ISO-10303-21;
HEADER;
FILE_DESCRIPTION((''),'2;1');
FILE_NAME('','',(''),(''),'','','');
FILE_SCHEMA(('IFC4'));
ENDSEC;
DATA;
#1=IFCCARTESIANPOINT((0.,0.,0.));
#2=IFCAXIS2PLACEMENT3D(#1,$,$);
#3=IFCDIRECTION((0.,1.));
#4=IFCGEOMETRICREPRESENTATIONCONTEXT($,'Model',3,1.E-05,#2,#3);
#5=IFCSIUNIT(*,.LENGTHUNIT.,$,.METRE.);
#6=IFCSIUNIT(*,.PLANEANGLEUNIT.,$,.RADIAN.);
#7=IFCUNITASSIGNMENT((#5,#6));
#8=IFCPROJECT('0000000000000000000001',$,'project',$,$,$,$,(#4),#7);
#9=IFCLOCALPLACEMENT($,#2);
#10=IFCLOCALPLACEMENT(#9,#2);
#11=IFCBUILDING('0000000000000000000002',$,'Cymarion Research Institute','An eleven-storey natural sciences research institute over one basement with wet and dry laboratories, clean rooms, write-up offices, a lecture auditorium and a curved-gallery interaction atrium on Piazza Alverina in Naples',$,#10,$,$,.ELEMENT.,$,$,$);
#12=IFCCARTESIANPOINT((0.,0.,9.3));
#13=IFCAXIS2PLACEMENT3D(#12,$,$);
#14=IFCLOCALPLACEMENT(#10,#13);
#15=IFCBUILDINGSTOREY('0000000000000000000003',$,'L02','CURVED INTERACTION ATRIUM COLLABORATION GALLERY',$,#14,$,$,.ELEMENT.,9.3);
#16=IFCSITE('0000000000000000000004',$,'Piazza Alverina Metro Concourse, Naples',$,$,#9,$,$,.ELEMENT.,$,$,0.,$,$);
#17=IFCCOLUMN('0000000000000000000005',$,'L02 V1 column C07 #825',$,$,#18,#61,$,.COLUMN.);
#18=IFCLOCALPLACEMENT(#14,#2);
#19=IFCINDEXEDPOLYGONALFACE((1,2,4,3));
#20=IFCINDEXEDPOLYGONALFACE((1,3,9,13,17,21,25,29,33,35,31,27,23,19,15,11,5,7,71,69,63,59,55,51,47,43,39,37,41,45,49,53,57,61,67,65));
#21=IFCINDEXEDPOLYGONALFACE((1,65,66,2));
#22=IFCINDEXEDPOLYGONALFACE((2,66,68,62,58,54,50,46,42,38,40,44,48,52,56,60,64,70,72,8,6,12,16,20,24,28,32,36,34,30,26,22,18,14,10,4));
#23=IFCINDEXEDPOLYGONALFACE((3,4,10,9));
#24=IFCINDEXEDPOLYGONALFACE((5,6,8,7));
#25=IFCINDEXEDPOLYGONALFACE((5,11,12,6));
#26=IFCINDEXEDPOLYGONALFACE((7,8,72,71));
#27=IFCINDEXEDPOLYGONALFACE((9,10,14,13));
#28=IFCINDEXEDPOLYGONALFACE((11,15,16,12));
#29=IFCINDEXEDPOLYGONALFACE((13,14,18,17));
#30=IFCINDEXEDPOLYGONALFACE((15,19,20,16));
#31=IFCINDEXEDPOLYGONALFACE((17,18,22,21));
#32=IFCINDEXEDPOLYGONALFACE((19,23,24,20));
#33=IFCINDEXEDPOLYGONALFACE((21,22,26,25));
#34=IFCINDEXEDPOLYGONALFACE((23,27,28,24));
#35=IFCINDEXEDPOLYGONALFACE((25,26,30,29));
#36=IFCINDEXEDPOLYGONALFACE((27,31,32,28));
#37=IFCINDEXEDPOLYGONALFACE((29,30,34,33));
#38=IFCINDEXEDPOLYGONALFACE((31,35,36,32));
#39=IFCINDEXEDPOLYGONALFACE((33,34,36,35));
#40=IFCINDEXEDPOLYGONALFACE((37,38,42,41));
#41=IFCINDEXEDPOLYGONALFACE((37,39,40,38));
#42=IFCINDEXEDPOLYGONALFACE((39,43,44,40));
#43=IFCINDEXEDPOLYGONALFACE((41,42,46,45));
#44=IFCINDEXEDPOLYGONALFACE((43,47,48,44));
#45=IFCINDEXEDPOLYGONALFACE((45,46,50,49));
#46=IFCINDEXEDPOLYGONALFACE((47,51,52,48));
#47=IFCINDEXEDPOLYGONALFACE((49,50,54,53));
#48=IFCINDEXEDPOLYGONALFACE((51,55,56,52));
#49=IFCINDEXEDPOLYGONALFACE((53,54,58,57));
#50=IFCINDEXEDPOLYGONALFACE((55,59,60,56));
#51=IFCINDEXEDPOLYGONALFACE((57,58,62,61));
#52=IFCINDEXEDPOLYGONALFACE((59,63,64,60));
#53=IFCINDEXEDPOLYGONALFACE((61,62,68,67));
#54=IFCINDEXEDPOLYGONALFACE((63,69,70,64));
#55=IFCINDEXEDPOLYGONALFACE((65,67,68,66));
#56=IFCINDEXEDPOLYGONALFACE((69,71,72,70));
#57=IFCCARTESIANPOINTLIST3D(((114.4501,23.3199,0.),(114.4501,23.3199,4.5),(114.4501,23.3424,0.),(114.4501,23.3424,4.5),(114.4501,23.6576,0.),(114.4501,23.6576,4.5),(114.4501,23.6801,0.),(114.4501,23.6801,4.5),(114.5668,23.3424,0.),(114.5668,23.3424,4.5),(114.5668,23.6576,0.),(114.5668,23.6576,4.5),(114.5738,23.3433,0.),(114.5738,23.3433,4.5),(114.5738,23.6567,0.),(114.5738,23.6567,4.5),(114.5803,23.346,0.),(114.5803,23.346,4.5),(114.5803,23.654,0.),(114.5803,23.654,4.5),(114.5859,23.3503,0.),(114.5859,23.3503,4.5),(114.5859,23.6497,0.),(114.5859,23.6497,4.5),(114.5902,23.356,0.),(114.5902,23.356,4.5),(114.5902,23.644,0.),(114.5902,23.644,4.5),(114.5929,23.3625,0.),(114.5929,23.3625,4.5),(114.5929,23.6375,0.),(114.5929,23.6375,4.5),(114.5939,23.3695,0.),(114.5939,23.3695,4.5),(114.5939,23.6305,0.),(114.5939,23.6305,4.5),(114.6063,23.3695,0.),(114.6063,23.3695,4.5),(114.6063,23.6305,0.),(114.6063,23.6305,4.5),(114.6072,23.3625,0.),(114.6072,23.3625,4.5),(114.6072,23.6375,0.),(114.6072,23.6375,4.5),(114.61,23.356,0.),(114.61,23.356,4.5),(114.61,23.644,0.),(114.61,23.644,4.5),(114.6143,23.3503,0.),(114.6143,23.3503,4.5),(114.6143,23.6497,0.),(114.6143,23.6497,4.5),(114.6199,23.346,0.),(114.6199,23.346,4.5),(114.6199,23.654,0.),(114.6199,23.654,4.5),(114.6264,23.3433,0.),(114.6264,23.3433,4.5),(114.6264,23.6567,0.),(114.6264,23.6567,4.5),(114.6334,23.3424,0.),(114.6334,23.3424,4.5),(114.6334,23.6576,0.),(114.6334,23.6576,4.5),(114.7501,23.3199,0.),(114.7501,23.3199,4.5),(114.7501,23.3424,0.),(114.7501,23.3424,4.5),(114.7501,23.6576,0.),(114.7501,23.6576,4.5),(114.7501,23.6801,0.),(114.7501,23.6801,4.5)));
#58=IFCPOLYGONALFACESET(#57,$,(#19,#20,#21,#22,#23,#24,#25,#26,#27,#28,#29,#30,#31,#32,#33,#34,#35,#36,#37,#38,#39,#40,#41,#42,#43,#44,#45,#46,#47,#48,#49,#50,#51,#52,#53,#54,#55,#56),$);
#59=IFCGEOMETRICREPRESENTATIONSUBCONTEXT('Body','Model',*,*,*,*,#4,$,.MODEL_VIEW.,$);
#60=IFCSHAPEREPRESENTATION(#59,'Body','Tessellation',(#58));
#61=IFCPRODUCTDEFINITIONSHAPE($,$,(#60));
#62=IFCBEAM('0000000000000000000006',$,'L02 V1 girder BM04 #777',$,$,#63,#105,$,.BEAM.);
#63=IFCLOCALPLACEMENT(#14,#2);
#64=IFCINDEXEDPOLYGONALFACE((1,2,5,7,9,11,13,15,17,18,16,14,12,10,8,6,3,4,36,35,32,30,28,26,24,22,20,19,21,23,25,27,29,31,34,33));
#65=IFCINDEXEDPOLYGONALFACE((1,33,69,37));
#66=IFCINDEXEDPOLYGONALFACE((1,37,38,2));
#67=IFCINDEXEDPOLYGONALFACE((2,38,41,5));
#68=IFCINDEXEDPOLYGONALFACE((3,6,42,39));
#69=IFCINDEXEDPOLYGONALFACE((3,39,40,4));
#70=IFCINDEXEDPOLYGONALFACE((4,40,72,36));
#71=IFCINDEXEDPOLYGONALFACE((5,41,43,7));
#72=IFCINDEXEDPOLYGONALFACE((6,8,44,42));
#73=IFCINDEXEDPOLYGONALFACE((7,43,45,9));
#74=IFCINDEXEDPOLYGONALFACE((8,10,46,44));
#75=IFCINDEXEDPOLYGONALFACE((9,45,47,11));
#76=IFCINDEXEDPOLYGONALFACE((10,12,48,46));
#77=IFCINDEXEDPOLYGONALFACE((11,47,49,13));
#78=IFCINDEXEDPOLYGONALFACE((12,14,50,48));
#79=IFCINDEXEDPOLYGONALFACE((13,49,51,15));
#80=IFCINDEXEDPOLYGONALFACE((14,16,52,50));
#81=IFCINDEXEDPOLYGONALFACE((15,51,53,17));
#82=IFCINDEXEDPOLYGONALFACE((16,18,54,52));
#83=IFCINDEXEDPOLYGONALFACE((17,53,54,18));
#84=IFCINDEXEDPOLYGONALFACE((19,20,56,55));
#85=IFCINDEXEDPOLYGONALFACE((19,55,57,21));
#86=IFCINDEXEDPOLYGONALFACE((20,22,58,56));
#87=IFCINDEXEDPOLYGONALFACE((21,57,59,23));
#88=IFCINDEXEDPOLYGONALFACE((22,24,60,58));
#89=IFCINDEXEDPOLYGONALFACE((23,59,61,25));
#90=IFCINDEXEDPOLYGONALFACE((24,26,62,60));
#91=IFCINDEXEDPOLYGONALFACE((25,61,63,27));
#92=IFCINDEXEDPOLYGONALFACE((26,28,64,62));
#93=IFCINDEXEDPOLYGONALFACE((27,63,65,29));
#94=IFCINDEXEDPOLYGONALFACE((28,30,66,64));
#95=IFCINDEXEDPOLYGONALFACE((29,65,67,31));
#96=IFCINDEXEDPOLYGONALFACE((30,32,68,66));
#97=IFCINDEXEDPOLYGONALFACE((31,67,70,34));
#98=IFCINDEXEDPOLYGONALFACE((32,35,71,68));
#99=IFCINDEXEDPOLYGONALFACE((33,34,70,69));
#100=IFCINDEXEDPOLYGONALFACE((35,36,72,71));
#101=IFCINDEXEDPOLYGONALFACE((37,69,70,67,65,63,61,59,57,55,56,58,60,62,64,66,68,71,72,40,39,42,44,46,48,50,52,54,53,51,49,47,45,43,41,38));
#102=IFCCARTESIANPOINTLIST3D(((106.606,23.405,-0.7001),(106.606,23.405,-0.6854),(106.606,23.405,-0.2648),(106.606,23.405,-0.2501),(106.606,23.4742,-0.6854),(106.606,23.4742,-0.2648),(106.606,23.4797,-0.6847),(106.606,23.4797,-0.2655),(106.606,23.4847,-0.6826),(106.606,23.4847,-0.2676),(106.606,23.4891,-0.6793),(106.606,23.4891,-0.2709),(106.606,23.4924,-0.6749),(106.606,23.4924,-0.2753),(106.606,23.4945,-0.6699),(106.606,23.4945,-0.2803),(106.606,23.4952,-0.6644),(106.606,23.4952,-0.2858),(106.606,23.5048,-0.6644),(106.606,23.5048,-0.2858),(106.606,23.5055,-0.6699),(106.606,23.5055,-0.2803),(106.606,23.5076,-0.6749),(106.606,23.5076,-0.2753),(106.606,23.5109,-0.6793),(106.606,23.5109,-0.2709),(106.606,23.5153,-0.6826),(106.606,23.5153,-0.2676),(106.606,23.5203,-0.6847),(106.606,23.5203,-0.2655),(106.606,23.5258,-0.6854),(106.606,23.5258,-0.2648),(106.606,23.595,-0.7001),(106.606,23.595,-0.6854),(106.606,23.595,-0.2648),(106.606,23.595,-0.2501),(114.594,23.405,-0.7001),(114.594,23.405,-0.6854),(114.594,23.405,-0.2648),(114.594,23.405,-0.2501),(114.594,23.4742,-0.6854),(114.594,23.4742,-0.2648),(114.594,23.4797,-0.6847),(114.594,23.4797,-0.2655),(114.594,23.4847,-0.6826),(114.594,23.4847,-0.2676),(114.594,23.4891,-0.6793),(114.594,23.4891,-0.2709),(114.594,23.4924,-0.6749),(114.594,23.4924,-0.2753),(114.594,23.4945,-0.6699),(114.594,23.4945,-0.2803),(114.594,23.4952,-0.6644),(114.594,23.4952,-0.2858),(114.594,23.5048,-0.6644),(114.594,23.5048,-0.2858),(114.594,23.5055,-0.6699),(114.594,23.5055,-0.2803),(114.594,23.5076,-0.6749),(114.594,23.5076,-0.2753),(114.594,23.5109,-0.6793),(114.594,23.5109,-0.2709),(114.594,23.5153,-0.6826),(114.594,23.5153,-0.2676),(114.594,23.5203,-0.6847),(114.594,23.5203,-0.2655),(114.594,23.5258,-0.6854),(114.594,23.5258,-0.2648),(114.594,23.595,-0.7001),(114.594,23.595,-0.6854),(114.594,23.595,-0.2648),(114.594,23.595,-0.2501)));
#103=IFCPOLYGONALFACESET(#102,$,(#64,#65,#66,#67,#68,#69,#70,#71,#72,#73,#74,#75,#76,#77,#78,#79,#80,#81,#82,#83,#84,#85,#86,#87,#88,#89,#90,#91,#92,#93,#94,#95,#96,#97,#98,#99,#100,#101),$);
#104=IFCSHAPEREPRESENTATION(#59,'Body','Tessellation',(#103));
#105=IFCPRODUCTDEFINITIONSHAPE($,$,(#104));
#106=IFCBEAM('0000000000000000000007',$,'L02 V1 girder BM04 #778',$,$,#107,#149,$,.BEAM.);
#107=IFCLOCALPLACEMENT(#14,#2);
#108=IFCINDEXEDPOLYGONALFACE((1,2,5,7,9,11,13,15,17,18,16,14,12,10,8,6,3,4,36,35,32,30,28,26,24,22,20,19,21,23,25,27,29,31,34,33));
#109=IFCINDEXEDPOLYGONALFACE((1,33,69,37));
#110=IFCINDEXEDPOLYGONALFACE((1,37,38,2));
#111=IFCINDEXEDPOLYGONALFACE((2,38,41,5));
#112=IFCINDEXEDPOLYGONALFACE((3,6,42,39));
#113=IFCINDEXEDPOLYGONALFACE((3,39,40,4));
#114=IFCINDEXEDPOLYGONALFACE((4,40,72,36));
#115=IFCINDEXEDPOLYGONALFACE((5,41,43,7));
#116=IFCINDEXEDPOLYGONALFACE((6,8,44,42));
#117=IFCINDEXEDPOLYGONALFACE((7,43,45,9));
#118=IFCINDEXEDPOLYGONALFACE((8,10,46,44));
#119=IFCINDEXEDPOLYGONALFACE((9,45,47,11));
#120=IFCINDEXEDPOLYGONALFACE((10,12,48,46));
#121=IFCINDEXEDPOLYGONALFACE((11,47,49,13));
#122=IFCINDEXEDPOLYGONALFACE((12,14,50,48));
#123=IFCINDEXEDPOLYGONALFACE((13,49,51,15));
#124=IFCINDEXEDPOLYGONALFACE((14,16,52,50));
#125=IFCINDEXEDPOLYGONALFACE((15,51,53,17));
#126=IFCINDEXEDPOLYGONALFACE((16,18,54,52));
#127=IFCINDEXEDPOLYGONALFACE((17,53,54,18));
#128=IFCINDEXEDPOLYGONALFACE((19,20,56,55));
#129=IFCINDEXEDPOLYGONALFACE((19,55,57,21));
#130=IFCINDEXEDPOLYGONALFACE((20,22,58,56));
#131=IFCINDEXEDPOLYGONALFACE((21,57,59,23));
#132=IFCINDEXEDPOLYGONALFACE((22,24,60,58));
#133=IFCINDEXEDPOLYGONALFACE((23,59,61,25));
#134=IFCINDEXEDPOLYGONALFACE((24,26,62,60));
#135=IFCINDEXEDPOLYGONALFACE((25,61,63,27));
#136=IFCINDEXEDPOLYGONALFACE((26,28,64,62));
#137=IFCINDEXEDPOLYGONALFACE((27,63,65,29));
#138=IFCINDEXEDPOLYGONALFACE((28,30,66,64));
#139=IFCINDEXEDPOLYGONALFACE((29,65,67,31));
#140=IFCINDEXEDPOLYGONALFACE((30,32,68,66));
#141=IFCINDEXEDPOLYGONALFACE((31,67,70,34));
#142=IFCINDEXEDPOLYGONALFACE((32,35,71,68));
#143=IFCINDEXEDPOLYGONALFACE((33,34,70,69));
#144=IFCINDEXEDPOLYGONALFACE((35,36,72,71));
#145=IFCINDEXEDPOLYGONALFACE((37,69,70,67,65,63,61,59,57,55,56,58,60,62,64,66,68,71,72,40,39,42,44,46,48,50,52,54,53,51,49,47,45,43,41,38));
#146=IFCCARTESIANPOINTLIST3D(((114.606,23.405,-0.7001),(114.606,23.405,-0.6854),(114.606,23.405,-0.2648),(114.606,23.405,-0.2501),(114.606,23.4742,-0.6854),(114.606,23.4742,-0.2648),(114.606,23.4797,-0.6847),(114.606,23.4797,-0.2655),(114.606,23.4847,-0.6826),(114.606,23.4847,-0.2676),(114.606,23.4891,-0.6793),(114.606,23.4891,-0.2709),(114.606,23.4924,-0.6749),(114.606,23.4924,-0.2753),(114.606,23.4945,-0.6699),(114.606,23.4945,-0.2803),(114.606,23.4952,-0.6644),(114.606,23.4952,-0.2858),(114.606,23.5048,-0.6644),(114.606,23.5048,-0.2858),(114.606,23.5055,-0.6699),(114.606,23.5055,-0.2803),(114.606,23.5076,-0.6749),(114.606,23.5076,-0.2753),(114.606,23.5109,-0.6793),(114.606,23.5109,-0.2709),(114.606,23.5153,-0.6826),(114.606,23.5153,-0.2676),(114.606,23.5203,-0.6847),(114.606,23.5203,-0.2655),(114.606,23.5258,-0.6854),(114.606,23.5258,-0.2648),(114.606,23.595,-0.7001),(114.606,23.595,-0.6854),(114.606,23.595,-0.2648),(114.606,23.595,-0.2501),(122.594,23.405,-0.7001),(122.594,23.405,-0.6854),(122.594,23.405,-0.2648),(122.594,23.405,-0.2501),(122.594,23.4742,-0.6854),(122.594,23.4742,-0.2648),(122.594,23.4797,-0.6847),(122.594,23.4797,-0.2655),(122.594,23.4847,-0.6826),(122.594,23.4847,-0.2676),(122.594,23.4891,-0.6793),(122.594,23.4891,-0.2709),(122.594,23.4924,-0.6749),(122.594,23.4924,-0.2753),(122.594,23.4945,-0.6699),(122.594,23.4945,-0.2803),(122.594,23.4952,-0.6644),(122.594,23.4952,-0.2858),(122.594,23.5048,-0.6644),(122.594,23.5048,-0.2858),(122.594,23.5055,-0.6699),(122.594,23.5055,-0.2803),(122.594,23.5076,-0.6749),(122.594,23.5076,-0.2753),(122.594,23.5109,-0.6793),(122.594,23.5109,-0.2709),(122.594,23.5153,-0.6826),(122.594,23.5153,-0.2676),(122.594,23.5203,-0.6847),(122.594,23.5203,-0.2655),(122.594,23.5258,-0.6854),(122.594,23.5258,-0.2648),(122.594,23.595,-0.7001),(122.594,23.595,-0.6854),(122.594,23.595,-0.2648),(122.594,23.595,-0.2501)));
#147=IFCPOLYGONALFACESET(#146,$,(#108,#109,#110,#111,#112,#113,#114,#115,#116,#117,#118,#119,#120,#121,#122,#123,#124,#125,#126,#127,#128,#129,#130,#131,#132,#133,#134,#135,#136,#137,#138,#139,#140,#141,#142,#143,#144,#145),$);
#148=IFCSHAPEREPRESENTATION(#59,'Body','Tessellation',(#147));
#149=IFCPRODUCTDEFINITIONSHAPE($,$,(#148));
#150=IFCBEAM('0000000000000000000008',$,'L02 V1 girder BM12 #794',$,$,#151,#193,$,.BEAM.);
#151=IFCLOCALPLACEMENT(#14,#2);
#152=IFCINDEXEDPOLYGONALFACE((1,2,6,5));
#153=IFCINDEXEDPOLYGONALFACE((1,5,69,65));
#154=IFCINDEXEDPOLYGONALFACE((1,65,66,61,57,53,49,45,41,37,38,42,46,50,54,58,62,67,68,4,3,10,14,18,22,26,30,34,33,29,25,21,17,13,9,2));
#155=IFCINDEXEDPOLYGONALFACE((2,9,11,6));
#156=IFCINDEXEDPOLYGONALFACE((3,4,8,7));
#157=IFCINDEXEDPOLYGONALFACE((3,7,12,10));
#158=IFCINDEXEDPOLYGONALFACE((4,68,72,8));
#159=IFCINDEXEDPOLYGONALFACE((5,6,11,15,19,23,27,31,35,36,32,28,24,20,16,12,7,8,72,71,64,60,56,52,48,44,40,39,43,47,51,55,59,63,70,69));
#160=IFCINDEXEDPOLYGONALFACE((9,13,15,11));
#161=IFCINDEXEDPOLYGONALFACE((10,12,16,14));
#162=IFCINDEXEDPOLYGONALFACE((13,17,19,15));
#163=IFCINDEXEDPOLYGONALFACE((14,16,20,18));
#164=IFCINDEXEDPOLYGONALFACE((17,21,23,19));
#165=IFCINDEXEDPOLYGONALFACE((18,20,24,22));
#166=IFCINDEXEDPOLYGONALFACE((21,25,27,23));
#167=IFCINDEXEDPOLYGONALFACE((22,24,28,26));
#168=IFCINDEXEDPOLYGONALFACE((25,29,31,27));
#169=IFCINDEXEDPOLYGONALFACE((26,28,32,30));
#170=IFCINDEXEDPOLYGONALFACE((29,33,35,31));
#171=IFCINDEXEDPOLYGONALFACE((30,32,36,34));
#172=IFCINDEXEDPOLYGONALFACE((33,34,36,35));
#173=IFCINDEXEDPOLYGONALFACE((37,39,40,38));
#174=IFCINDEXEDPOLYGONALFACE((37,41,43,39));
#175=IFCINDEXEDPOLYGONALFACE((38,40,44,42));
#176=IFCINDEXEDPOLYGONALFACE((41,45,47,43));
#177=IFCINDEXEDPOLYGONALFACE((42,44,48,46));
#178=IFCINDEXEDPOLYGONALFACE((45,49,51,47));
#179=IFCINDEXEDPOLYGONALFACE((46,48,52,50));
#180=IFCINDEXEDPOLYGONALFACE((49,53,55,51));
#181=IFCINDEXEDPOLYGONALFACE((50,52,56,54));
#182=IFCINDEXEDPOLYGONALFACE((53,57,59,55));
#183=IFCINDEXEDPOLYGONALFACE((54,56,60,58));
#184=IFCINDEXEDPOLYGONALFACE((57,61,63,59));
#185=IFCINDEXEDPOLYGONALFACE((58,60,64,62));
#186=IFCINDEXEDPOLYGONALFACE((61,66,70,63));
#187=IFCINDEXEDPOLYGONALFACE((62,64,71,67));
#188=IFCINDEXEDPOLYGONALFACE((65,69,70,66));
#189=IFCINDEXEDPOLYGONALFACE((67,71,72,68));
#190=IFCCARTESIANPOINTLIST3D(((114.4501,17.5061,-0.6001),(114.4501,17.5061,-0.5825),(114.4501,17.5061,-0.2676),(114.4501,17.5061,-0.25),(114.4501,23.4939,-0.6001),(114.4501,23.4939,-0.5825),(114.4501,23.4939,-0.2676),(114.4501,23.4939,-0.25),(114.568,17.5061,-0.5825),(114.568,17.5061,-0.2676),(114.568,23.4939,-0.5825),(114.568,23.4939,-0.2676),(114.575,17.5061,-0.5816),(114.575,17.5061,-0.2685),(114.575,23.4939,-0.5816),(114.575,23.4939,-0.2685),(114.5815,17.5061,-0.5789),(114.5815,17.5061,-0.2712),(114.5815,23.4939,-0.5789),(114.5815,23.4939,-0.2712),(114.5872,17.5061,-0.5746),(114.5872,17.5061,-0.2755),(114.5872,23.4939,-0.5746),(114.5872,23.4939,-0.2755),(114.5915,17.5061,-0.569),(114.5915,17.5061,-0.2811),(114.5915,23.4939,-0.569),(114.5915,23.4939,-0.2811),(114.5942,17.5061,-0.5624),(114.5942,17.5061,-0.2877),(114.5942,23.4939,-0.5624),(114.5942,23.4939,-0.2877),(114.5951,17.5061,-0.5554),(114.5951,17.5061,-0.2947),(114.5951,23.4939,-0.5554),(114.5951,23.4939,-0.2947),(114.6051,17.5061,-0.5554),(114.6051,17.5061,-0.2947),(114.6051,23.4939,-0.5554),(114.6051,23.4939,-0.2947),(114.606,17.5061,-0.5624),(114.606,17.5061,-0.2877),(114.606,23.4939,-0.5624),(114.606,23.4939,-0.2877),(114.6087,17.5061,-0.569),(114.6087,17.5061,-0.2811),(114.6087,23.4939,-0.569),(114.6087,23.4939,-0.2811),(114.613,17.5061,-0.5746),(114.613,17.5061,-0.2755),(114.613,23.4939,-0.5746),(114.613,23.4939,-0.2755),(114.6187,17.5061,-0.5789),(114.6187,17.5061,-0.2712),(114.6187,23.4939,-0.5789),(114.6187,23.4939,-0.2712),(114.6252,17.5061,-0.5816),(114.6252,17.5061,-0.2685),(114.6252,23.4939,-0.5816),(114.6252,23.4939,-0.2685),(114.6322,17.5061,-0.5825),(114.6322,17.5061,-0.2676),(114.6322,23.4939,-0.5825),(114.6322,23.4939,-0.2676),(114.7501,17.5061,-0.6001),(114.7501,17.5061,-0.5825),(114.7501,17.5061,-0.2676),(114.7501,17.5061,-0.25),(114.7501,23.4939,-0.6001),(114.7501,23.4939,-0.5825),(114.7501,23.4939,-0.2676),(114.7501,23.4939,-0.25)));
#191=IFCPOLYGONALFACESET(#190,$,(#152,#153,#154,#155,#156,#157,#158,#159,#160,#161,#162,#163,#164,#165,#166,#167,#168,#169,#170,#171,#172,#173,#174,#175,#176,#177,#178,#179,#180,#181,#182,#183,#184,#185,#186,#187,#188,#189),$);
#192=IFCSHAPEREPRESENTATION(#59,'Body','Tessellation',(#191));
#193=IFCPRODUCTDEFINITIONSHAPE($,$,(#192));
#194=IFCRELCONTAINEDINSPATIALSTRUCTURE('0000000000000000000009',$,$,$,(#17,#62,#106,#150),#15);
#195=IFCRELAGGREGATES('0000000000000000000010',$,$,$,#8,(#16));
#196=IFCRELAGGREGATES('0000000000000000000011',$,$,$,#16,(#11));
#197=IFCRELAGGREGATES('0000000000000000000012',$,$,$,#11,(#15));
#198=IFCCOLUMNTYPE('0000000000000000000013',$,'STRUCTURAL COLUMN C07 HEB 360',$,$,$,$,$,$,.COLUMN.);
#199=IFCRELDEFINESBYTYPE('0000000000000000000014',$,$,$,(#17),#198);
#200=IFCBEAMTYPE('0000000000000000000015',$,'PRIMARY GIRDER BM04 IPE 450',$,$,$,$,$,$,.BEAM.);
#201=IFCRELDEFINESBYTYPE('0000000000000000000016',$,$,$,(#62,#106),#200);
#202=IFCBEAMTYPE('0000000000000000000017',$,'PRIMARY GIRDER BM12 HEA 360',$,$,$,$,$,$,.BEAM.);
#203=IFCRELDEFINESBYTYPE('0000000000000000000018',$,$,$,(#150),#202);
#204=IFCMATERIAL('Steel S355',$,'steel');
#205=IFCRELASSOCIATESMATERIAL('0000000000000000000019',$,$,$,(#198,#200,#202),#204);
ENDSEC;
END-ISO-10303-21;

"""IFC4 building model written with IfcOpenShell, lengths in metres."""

from ifc_helpers import new_model, si_unit, direction, frame, origin, origin_2d, place, context, subcontext, project, spatial, i_section, extrude, material, material_profile, profile_set, type_object, element, save


model = new_model("IFC4")

# Units and contexts
model_context = context("Model", 3, precision=1e-05, world=origin(), true_north=direction((0.0, 1.0)))
body_context = subcontext(model_context, "Body", "Model", "MODEL_VIEW")
ifc_project = project(units=[si_unit("LENGTHUNIT", "METRE"), si_unit("PLANEANGLEUNIT", "RADIAN")], contexts=[model_context])

# Site, building, storey
site_placement = place(None, origin())
site = spatial("IfcSite", under=ifc_project, at=site_placement, Name="Piazza Alverina Metro Concourse, Naples", CompositionType="ELEMENT", RefElevation=0.0)
building_placement = place(site_placement, origin())
building = spatial("IfcBuilding", under=site, at=building_placement, Name="Cymarion Research Institute", Description="An eleven-storey natural sciences research institute over one basement with wet and dry laboratories, clean rooms, write-up offices, a lecture auditorium and a curved-gallery interaction atrium on Piazza Alverina in Naples", CompositionType="ELEMENT")
storey_placement = place(building_placement, frame((0.0, 0.0, 9.3)))
storey = spatial("IfcBuildingStorey", under=building, at=storey_placement, Name="L02", Description="CURVED INTERACTION ATRIUM COLLABORATION GALLERY", CompositionType="ELEMENT", Elevation=9.3)

# Column
ifc_material_1 = material(Name="Steel S355", Category="steel")
ifc_material_profile_1 = material_profile(ifc_material_1, i_section(OverallWidth=0.3, OverallDepth=0.3601, WebThickness=0.0125, FlangeThickness=0.0225, FilletRadius=0.0271, at=origin_2d()), Name="HEB 360")
ifc_profile_set_1 = profile_set([ifc_material_profile_1], Name="Steel S355")
column_type = type_object("IfcColumnType", Name="STRUCTURAL COLUMN C07 HEB 360", PredefinedType="COLUMN", material=ifc_profile_set_1)
column_placement = place(storey_placement, frame((114.6001, 23.5, 0.0), z_axis=(0.0, 0.0, 1.0), x_axis=(1.0, 0.0, 0.0)))
element("IfcColumn", 1, at=column_placement, inside=storey, type_object=column_type, Name="L02 V1 column C07 #825", PredefinedType="COLUMN", context=body_context, shape_type="SweptSolid", body=[
    extrude(i_section(OverallWidth=0.3, OverallDepth=0.3601, WebThickness=0.0125, FlangeThickness=0.0225, FilletRadius=0.0271, at=origin_2d()), origin(), (0.0, 0.0, 1.0), 4.5),
])

# Beams
ifc_material_profile_2 = material_profile(ifc_material_1, i_section(OverallWidth=0.1899, OverallDepth=0.45, WebThickness=0.0095, FlangeThickness=0.0146, FilletRadius=0.021, at=origin_2d()), Name="IPE 450")
ifc_profile_set_2 = profile_set([ifc_material_profile_2], Name="Steel S355")
beam_type_1 = type_object("IfcBeamType", Name="PRIMARY GIRDER BM04 IPE 450", PredefinedType="BEAM", material=ifc_profile_set_2)
for number, where, z_axis, x_axis, name in (
    (2, (106.606, 23.5, -0.4751), (1.0, 0.0, 0.0), (0.0, 1.0, 0.0), "L02 V1 girder BM04 #777"),
    (3, (114.606, 23.5, -0.4751), (1.0, 0.0, 0.0), (0.0, 1.0, 0.0), "L02 V1 girder BM04 #778"),
):
    element("IfcBeam", number, at=place(storey_placement, frame(where, z_axis=z_axis, x_axis=x_axis)), inside=storey, type_object=beam_type_1, Name=name, PredefinedType="BEAM", context=body_context, shape_type="SweptSolid", body=[
        extrude(i_section(OverallWidth=0.1899, OverallDepth=0.45, WebThickness=0.0095, FlangeThickness=0.0146, FilletRadius=0.021, at=origin_2d()), origin(), (0.0, 0.0, 1.0), 7.988),
    ])
ifc_material_profile_3 = material_profile(ifc_material_1, i_section(OverallWidth=0.3, OverallDepth=0.3501, WebThickness=0.01, FlangeThickness=0.0176, FilletRadius=0.0271, at=origin_2d()), Name="HEA 360")
ifc_profile_set_3 = profile_set([ifc_material_profile_3], Name="Steel S355")
beam_type_2 = type_object("IfcBeamType", Name="PRIMARY GIRDER BM12 HEA 360", PredefinedType="BEAM", material=ifc_profile_set_3)
beam_placement = place(storey_placement, frame((114.6001, 17.5061, -0.425), z_axis=(0.0, 1.0, 0.0), x_axis=(-1.0, 0.0, 0.0)))
element("IfcBeam", 4, at=beam_placement, inside=storey, type_object=beam_type_2, Name="L02 V1 girder BM12 #794", PredefinedType="BEAM", context=body_context, shape_type="SweptSolid", body=[
    extrude(i_section(OverallWidth=0.3, OverallDepth=0.3501, WebThickness=0.01, FlangeThickness=0.0176, FilletRadius=0.0271, at=origin_2d()), origin(), (0.0, 0.0, 1.0), 5.9878),
])

save(model, "model.ifc")
